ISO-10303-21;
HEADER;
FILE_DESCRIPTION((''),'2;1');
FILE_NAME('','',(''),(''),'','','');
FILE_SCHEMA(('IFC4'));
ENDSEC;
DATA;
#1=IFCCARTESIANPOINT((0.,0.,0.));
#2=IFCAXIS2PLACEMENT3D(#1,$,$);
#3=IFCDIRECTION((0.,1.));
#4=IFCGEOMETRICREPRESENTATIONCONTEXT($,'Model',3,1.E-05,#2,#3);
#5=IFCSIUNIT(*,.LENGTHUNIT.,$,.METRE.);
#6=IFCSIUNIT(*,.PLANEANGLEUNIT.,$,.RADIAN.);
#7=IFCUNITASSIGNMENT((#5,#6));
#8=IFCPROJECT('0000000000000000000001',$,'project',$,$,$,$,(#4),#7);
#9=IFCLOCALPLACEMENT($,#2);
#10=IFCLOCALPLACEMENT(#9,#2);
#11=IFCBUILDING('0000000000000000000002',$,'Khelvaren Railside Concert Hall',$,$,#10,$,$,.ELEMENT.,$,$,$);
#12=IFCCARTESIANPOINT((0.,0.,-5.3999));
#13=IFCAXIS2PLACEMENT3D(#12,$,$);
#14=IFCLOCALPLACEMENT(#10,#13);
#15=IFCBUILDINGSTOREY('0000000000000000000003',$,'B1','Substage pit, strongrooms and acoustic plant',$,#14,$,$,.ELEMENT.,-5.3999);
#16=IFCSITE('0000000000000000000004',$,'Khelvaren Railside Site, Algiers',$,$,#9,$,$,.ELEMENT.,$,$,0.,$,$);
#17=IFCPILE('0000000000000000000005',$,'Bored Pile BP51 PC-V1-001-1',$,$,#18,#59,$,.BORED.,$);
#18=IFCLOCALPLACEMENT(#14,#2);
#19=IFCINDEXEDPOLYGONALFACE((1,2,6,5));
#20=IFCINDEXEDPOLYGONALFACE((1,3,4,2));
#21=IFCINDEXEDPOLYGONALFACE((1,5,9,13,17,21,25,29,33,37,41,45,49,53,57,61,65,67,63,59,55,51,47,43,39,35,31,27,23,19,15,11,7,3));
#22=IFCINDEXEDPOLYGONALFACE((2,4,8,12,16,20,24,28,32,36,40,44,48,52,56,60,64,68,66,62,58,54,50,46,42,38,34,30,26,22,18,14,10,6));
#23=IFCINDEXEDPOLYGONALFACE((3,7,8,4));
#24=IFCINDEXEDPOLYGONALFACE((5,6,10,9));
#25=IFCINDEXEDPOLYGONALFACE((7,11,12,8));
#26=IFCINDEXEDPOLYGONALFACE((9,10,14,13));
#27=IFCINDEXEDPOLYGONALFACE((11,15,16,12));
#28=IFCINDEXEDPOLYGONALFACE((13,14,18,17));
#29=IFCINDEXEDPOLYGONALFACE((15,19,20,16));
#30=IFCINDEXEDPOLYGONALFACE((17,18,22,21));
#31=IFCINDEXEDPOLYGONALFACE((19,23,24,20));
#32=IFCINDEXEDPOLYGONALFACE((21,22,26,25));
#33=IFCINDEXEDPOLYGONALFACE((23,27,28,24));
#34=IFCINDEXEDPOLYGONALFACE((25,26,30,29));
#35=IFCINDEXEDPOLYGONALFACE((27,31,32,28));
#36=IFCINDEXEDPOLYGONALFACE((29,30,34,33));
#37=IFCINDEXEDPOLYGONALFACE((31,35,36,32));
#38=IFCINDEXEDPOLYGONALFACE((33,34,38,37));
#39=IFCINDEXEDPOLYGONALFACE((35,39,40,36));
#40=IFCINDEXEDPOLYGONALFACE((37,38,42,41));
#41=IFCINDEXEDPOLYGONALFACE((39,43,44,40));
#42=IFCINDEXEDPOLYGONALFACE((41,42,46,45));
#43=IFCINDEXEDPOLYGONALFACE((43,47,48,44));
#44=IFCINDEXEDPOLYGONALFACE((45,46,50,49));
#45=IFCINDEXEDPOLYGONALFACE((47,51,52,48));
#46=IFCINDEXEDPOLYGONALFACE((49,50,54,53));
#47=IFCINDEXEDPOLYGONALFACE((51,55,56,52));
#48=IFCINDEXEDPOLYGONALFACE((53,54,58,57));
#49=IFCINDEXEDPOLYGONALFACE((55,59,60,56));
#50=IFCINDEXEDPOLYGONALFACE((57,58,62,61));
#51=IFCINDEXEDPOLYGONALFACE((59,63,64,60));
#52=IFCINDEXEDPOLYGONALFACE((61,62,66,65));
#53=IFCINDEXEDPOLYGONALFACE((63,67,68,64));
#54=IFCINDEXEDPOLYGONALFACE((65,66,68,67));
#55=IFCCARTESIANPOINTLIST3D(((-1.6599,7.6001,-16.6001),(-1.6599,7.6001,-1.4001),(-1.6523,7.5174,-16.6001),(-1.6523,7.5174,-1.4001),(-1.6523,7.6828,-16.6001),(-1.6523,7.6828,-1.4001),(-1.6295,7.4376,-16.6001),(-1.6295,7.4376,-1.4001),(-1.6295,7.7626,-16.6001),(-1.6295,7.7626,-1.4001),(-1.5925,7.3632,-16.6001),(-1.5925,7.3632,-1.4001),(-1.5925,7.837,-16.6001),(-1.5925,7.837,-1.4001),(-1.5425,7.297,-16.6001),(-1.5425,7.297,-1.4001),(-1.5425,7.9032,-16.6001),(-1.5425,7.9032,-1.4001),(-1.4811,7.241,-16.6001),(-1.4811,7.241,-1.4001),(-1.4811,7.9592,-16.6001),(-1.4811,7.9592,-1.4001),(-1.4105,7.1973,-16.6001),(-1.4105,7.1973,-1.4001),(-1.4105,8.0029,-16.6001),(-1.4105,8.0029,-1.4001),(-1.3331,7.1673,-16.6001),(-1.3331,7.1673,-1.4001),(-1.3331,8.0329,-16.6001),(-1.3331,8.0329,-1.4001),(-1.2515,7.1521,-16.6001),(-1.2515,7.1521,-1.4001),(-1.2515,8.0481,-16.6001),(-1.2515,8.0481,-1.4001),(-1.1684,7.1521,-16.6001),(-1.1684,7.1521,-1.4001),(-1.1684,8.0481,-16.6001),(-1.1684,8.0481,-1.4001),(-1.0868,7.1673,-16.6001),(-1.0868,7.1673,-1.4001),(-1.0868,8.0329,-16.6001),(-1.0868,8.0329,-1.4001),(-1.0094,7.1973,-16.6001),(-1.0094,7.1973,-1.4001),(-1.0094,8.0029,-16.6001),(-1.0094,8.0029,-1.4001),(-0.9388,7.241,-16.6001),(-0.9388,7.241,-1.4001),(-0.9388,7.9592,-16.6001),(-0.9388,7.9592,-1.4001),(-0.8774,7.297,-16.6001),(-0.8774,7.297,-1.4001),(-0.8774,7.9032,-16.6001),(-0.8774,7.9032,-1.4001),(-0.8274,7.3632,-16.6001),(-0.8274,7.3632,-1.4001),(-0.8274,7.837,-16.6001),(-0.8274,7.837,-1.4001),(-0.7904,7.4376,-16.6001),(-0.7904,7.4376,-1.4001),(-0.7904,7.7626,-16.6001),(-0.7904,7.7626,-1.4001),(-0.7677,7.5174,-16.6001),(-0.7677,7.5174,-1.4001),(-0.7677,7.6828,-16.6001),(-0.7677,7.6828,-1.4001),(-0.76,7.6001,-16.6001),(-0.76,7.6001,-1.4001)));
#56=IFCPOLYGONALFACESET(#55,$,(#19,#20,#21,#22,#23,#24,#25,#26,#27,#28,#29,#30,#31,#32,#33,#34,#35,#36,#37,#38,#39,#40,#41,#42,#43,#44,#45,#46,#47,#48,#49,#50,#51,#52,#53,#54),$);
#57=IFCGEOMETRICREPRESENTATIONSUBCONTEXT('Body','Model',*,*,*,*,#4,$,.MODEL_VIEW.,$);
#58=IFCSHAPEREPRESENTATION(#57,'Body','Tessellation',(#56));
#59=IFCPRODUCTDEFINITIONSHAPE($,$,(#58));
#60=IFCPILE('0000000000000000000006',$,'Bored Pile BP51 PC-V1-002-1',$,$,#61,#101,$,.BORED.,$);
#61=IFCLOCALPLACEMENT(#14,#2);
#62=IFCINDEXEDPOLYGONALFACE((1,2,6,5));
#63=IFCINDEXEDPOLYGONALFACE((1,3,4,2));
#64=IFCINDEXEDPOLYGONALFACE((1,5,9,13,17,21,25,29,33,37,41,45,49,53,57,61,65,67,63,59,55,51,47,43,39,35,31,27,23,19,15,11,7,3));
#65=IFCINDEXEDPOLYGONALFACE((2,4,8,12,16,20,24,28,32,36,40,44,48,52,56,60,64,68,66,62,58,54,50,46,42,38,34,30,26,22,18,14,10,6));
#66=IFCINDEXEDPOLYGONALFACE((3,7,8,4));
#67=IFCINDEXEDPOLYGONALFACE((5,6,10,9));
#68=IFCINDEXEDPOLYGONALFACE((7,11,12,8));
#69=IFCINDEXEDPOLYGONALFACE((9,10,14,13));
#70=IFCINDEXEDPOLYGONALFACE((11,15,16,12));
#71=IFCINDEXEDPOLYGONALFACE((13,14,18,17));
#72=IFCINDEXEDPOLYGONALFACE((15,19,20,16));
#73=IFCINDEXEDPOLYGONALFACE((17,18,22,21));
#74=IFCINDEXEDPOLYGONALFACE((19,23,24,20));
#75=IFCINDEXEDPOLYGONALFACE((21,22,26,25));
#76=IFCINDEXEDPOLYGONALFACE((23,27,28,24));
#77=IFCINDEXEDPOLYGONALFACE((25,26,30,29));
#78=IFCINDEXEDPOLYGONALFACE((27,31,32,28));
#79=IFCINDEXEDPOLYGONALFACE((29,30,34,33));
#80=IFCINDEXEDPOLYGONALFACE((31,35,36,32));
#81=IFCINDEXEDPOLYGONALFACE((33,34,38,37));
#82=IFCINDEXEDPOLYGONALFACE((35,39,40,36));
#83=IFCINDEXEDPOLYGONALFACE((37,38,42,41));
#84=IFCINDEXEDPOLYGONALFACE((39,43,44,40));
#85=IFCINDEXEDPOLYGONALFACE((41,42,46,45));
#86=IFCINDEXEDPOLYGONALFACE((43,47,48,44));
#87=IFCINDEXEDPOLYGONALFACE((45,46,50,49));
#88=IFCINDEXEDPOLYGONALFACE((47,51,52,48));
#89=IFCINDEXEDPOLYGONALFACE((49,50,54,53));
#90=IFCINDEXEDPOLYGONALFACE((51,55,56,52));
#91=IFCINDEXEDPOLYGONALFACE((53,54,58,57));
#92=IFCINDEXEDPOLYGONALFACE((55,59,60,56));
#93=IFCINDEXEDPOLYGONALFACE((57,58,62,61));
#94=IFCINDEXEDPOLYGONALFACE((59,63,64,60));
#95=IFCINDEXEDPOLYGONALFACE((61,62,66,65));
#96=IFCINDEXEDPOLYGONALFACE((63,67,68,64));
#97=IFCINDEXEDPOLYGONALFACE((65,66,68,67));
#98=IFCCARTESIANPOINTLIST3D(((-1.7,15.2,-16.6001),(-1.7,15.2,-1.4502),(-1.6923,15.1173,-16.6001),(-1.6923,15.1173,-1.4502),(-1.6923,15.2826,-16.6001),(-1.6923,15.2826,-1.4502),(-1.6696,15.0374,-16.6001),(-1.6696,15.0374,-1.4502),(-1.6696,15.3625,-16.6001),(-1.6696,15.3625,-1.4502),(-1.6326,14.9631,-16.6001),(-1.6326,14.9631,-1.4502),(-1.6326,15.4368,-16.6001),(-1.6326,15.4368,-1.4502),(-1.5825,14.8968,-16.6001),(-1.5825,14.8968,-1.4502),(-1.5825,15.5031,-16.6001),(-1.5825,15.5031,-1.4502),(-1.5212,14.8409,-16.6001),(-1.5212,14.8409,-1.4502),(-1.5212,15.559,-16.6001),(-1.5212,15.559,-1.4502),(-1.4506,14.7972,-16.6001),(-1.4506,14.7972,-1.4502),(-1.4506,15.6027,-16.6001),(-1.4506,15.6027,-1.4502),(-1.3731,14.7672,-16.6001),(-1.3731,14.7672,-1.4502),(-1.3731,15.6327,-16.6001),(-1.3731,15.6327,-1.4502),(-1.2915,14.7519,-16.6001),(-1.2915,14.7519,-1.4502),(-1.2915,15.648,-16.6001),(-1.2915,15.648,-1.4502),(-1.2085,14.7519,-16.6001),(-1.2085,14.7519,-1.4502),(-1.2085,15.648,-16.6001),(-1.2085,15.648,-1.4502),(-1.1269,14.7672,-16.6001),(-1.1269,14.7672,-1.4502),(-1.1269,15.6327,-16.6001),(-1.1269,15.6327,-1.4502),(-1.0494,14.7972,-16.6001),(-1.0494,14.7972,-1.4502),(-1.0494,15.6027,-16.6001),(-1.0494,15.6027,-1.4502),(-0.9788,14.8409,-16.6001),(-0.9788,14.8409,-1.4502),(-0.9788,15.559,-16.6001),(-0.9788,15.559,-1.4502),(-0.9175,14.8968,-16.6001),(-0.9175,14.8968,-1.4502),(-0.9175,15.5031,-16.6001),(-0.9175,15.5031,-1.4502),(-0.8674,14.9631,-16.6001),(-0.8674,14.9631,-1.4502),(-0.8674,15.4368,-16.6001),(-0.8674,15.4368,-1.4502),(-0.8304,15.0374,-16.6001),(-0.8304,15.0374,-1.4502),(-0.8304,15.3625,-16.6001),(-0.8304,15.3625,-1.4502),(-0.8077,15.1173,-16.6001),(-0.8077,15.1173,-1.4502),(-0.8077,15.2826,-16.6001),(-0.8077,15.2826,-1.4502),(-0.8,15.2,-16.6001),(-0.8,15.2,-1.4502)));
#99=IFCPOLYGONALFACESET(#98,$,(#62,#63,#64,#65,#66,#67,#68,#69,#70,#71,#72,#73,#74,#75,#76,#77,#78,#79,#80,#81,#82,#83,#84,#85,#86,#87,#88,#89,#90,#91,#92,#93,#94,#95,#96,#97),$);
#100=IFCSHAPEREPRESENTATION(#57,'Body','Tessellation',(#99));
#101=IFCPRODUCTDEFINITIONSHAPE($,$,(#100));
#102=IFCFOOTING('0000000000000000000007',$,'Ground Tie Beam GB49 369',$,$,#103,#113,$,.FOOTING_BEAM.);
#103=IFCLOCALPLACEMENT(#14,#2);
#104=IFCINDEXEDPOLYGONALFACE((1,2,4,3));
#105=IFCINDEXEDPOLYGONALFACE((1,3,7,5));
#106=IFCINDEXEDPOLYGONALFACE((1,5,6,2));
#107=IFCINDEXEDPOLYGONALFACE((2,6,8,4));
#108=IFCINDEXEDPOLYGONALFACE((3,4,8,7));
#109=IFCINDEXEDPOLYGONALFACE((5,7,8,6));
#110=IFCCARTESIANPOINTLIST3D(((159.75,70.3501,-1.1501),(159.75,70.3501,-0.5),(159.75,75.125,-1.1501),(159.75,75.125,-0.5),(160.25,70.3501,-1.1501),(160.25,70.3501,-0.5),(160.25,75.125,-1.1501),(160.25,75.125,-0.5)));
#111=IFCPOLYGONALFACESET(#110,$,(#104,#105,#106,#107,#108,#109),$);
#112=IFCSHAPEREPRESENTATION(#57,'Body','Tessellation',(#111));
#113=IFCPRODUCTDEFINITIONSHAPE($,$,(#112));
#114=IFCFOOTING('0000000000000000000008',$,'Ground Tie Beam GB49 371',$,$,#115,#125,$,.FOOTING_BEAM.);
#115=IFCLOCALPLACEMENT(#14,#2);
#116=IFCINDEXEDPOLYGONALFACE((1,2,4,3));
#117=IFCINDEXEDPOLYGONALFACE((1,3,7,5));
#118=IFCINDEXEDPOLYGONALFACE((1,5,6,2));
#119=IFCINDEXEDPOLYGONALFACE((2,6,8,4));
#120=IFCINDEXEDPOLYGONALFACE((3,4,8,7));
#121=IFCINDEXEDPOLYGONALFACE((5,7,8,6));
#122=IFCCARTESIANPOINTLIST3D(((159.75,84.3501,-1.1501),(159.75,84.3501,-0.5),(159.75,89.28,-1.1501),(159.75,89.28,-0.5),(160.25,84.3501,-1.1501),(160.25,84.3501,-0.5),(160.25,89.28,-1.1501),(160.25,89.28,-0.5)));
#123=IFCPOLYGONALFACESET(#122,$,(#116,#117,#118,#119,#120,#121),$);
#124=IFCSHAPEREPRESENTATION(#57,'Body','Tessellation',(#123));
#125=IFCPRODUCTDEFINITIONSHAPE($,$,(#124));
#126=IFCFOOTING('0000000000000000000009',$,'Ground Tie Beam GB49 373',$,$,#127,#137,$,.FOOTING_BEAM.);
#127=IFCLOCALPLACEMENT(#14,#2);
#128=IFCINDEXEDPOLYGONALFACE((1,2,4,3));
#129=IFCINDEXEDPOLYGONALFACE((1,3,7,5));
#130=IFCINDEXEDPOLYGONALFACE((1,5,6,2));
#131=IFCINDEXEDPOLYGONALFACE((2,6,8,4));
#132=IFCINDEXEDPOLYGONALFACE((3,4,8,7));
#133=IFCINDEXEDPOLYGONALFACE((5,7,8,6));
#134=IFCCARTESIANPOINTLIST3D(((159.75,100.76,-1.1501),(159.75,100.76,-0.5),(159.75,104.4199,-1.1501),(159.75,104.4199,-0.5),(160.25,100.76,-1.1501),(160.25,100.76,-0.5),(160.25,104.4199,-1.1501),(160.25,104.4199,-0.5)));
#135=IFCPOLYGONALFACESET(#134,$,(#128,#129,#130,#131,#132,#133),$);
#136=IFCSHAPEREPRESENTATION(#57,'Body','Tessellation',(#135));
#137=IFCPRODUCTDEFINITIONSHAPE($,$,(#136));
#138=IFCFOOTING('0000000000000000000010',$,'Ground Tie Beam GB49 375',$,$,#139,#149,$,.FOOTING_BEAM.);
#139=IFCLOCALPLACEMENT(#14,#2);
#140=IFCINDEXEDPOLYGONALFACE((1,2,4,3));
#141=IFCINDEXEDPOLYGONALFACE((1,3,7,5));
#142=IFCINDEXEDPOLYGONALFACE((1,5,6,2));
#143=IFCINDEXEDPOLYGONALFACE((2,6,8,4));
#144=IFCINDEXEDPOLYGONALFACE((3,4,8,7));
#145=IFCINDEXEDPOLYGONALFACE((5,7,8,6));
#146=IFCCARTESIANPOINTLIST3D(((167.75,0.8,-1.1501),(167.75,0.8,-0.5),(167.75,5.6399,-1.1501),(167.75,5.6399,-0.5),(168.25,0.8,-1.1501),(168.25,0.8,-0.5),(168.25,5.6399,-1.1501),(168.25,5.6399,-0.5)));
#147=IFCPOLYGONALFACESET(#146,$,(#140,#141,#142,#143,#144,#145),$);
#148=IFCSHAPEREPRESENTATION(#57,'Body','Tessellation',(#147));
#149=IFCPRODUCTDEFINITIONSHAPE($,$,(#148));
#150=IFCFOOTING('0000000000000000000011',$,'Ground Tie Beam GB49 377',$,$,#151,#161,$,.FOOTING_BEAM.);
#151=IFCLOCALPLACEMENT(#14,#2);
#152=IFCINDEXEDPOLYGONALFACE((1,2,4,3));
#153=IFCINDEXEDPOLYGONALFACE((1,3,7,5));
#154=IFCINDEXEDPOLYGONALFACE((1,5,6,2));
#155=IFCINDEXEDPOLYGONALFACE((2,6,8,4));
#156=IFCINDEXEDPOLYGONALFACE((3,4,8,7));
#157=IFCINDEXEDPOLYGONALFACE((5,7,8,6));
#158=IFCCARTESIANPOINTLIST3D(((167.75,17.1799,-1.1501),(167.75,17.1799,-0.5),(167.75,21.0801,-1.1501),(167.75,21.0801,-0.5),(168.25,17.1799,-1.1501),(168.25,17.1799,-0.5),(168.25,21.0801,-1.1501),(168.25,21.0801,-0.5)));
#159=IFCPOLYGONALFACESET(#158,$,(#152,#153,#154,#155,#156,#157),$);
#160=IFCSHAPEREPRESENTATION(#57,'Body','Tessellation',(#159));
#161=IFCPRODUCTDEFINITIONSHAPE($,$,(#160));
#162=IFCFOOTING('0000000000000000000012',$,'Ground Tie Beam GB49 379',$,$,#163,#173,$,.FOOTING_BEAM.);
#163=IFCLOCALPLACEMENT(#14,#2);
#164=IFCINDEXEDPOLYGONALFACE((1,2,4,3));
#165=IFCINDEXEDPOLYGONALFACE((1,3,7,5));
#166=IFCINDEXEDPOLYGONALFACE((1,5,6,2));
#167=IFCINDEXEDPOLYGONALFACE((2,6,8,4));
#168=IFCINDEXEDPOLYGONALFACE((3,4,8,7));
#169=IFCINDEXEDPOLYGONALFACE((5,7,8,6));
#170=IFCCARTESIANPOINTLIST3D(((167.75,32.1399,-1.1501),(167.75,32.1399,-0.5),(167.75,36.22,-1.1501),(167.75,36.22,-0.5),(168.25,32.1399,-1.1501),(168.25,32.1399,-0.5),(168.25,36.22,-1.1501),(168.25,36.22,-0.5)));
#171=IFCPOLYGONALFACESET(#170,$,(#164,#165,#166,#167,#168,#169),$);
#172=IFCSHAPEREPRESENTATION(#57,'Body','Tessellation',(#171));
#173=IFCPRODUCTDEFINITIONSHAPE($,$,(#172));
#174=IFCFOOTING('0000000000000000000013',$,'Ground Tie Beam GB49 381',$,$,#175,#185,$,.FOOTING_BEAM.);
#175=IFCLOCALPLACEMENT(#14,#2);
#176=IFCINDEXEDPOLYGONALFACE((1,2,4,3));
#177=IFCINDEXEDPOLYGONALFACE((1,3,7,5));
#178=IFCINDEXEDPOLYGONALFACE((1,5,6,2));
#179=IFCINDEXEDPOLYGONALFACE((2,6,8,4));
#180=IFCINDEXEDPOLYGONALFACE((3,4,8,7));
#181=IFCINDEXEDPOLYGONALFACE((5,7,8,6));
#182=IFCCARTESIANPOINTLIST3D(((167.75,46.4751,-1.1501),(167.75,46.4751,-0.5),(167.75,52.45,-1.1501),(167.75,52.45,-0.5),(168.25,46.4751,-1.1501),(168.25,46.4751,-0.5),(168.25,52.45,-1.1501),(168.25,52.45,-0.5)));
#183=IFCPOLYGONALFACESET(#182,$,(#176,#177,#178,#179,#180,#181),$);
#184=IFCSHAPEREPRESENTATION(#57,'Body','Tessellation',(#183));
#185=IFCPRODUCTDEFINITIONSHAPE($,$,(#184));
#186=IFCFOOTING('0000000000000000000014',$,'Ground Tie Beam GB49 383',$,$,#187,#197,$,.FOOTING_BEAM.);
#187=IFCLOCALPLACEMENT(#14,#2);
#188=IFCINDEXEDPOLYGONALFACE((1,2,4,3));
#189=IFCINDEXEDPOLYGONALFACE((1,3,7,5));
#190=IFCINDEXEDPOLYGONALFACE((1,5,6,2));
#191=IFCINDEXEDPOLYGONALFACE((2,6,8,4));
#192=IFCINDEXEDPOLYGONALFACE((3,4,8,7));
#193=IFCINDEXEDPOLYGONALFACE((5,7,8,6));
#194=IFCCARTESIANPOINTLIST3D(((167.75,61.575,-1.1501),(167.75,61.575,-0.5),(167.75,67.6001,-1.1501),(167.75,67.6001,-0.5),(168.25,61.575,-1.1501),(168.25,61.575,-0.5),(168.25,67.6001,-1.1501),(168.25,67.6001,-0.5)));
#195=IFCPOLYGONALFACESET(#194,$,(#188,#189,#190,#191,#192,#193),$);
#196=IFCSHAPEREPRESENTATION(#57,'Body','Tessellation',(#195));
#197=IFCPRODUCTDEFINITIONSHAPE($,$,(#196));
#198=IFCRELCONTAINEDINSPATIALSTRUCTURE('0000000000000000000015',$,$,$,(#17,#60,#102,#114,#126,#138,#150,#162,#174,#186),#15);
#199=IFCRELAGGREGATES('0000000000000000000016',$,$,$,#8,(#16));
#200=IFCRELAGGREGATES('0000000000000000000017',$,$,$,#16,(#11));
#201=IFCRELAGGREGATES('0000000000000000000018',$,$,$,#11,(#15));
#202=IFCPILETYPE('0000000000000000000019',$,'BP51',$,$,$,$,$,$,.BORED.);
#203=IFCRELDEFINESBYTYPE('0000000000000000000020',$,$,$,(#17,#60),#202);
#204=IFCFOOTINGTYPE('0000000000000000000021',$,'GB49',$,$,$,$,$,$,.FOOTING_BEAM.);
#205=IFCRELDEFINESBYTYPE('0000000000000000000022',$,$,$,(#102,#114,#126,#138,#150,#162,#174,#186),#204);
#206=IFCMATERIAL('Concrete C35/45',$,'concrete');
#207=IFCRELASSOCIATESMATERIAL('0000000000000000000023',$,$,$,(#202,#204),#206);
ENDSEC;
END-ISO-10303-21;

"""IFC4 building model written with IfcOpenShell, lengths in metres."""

from ifc_helpers import new_model, si_unit, direction, frame, origin, origin_2d, place, context, subcontext, project, spatial, polyline, circle, outline, extrude, material, material_profile, profile_set, type_object, element, save


model = new_model("IFC4")

# Units and contexts
model_context = context("Model", 3, precision=1e-05, world=origin(), true_north=direction((0.0, 1.0)))
body_context = subcontext(model_context, "Body", "Model", "MODEL_VIEW")
ifc_project = project(units=[si_unit("LENGTHUNIT", "METRE"), si_unit("PLANEANGLEUNIT", "RADIAN")], contexts=[model_context])

# Site, building, storey
site_placement = place(None, origin())
site = spatial("IfcSite", under=ifc_project, at=site_placement, Name="Khelvaren Railside Site, Algiers", CompositionType="ELEMENT", RefElevation=0.0)
building_placement = place(site_placement, origin())
building = spatial("IfcBuilding", under=site, at=building_placement, Name="Khelvaren Railside Concert Hall", CompositionType="ELEMENT")
storey_placement = place(building_placement, frame((0.0, 0.0, -5.3999)))
storey = spatial("IfcBuildingStorey", under=building, at=storey_placement, Name="B1", Description="Substage pit, strongrooms and acoustic plant", CompositionType="ELEMENT", Elevation=-5.3999)

# Piles
ifc_material = material(Name="Concrete C35/45", Category="concrete")
ifc_material_profile = material_profile(ifc_material, circle(Radius=0.45, at=origin_2d()), Name="BP D900")
ifc_profile_set = profile_set([ifc_material_profile], Name="Concrete C35/45")
pile_type = type_object("IfcPileType", Name="BP51", PredefinedType="BORED", material=ifc_profile_set)
pile_1_placement = place(storey_placement, frame((-1.21, 7.6001, -1.4001), z_axis=(0.0, 0.0, -1.0), x_axis=(1.0, 0.0, 0.0)))
element("IfcPile", 1, at=pile_1_placement, inside=storey, type_object=pile_type, Name="Bored Pile BP51 PC-V1-001-1", PredefinedType="BORED", context=body_context, shape_type="SweptSolid", body=[
    extrude(circle(Radius=0.45, at=origin_2d()), origin(), (0.0, 0.0, 1.0), 15.2),
])
pile_2_placement = place(storey_placement, frame((-1.25, 15.2, -1.4502), z_axis=(0.0, 0.0, -1.0), x_axis=(1.0, 0.0, 0.0)))
element("IfcPile", 2, at=pile_2_placement, inside=storey, type_object=pile_type, Name="Bored Pile BP51 PC-V1-002-1", PredefinedType="BORED", context=body_context, shape_type="SweptSolid", body=[
    extrude(circle(Radius=0.45, at=origin_2d()), origin(), (0.0, 0.0, 1.0), 15.1499),
])

# Footings
footing_type_1 = type_object("IfcFootingType", Name="GB49", PredefinedType="FOOTING_BEAM", material=ifc_material)
footing_1_placement = place(storey_placement, frame((0.0, 0.0, -1.1501)))
element("IfcFooting", 3, at=footing_1_placement, inside=storey, type_object=footing_type_1, Name="Ground Tie Beam GB49 369", PredefinedType="FOOTING_BEAM", context=body_context, shape_type="SweptSolid", body=[
    extrude(outline(polyline([(159.75, 70.3501), (160.25, 70.3501), (160.25, 75.125), (159.75, 75.125), (159.75, 70.3501)])), origin(), (0.0, 0.0, 1.0), 0.6501),
])
footing_2_placement = place(storey_placement, frame((0.0, 0.0, -1.1501)))
element("IfcFooting", 4, at=footing_2_placement, inside=storey, type_object=footing_type_1, Name="Ground Tie Beam GB49 371", PredefinedType="FOOTING_BEAM", context=body_context, shape_type="SweptSolid", body=[
    extrude(outline(polyline([(159.75, 84.3501), (160.25, 84.3501), (160.25, 89.28), (159.75, 89.28), (159.75, 84.3501)])), origin(), (0.0, 0.0, 1.0), 0.6501),
])
footing_3_placement = place(storey_placement, frame((0.0, 0.0, -1.1501)))
element("IfcFooting", 5, at=footing_3_placement, inside=storey, type_object=footing_type_1, Name="Ground Tie Beam GB49 373", PredefinedType="FOOTING_BEAM", context=body_context, shape_type="SweptSolid", body=[
    extrude(outline(polyline([(159.75, 100.76), (160.25, 100.76), (160.25, 104.4199), (159.75, 104.4199), (159.75, 100.76)])), origin(), (0.0, 0.0, 1.0), 0.6501),
])
footing_4_placement = place(storey_placement, frame((0.0, 0.0, -1.1501)))
element("IfcFooting", 6, at=footing_4_placement, inside=storey, type_object=footing_type_1, Name="Ground Tie Beam GB49 375", PredefinedType="FOOTING_BEAM", context=body_context, shape_type="SweptSolid", body=[
    extrude(outline(polyline([(167.75, 0.8), (168.25, 0.8), (168.25, 5.6399), (167.75, 5.6399), (167.75, 0.8)])), origin(), (0.0, 0.0, 1.0), 0.6501),
])
footing_5_placement = place(storey_placement, frame((0.0, 0.0, -1.1501)))
element("IfcFooting", 7, at=footing_5_placement, inside=storey, type_object=footing_type_1, Name="Ground Tie Beam GB49 377", PredefinedType="FOOTING_BEAM", context=body_context, shape_type="SweptSolid", body=[
    extrude(outline(polyline([(167.75, 17.1799), (168.25, 17.1799), (168.25, 21.0801), (167.75, 21.0801), (167.75, 17.1799)])), origin(), (0.0, 0.0, 1.0), 0.6501),
])
footing_6_placement = place(storey_placement, frame((0.0, 0.0, -1.1501)))
element("IfcFooting", 8, at=footing_6_placement, inside=storey, type_object=footing_type_1, Name="Ground Tie Beam GB49 379", PredefinedType="FOOTING_BEAM", context=body_context, shape_type="SweptSolid", body=[
    extrude(outline(polyline([(167.75, 32.1399), (168.25, 32.1399), (168.25, 36.22), (167.75, 36.22), (167.75, 32.1399)])), origin(), (0.0, 0.0, 1.0), 0.6501),
])
footing_7_placement = place(storey_placement, frame((0.0, 0.0, -1.1501)))
element("IfcFooting", 9, at=footing_7_placement, inside=storey, type_object=footing_type_1, Name="Ground Tie Beam GB49 381", PredefinedType="FOOTING_BEAM", context=body_context, shape_type="SweptSolid", body=[
    extrude(outline(polyline([(167.75, 46.4751), (168.25, 46.4751), (168.25, 52.45), (167.75, 52.45), (167.75, 46.4751)])), origin(), (0.0, 0.0, 1.0), 0.6501),
])
footing_8_placement = place(storey_placement, frame((0.0, 0.0, -1.1501)))
element("IfcFooting", 10, at=footing_8_placement, inside=storey, type_object=footing_type_1, Name="Ground Tie Beam GB49 383", PredefinedType="FOOTING_BEAM", context=body_context, shape_type="SweptSolid", body=[
    extrude(outline(polyline([(167.75, 61.575), (168.25, 61.575), (168.25, 67.6001), (167.75, 67.6001), (167.75, 61.575)])), origin(), (0.0, 0.0, 1.0), 0.6501),
])

save(model, "model.ifc")
